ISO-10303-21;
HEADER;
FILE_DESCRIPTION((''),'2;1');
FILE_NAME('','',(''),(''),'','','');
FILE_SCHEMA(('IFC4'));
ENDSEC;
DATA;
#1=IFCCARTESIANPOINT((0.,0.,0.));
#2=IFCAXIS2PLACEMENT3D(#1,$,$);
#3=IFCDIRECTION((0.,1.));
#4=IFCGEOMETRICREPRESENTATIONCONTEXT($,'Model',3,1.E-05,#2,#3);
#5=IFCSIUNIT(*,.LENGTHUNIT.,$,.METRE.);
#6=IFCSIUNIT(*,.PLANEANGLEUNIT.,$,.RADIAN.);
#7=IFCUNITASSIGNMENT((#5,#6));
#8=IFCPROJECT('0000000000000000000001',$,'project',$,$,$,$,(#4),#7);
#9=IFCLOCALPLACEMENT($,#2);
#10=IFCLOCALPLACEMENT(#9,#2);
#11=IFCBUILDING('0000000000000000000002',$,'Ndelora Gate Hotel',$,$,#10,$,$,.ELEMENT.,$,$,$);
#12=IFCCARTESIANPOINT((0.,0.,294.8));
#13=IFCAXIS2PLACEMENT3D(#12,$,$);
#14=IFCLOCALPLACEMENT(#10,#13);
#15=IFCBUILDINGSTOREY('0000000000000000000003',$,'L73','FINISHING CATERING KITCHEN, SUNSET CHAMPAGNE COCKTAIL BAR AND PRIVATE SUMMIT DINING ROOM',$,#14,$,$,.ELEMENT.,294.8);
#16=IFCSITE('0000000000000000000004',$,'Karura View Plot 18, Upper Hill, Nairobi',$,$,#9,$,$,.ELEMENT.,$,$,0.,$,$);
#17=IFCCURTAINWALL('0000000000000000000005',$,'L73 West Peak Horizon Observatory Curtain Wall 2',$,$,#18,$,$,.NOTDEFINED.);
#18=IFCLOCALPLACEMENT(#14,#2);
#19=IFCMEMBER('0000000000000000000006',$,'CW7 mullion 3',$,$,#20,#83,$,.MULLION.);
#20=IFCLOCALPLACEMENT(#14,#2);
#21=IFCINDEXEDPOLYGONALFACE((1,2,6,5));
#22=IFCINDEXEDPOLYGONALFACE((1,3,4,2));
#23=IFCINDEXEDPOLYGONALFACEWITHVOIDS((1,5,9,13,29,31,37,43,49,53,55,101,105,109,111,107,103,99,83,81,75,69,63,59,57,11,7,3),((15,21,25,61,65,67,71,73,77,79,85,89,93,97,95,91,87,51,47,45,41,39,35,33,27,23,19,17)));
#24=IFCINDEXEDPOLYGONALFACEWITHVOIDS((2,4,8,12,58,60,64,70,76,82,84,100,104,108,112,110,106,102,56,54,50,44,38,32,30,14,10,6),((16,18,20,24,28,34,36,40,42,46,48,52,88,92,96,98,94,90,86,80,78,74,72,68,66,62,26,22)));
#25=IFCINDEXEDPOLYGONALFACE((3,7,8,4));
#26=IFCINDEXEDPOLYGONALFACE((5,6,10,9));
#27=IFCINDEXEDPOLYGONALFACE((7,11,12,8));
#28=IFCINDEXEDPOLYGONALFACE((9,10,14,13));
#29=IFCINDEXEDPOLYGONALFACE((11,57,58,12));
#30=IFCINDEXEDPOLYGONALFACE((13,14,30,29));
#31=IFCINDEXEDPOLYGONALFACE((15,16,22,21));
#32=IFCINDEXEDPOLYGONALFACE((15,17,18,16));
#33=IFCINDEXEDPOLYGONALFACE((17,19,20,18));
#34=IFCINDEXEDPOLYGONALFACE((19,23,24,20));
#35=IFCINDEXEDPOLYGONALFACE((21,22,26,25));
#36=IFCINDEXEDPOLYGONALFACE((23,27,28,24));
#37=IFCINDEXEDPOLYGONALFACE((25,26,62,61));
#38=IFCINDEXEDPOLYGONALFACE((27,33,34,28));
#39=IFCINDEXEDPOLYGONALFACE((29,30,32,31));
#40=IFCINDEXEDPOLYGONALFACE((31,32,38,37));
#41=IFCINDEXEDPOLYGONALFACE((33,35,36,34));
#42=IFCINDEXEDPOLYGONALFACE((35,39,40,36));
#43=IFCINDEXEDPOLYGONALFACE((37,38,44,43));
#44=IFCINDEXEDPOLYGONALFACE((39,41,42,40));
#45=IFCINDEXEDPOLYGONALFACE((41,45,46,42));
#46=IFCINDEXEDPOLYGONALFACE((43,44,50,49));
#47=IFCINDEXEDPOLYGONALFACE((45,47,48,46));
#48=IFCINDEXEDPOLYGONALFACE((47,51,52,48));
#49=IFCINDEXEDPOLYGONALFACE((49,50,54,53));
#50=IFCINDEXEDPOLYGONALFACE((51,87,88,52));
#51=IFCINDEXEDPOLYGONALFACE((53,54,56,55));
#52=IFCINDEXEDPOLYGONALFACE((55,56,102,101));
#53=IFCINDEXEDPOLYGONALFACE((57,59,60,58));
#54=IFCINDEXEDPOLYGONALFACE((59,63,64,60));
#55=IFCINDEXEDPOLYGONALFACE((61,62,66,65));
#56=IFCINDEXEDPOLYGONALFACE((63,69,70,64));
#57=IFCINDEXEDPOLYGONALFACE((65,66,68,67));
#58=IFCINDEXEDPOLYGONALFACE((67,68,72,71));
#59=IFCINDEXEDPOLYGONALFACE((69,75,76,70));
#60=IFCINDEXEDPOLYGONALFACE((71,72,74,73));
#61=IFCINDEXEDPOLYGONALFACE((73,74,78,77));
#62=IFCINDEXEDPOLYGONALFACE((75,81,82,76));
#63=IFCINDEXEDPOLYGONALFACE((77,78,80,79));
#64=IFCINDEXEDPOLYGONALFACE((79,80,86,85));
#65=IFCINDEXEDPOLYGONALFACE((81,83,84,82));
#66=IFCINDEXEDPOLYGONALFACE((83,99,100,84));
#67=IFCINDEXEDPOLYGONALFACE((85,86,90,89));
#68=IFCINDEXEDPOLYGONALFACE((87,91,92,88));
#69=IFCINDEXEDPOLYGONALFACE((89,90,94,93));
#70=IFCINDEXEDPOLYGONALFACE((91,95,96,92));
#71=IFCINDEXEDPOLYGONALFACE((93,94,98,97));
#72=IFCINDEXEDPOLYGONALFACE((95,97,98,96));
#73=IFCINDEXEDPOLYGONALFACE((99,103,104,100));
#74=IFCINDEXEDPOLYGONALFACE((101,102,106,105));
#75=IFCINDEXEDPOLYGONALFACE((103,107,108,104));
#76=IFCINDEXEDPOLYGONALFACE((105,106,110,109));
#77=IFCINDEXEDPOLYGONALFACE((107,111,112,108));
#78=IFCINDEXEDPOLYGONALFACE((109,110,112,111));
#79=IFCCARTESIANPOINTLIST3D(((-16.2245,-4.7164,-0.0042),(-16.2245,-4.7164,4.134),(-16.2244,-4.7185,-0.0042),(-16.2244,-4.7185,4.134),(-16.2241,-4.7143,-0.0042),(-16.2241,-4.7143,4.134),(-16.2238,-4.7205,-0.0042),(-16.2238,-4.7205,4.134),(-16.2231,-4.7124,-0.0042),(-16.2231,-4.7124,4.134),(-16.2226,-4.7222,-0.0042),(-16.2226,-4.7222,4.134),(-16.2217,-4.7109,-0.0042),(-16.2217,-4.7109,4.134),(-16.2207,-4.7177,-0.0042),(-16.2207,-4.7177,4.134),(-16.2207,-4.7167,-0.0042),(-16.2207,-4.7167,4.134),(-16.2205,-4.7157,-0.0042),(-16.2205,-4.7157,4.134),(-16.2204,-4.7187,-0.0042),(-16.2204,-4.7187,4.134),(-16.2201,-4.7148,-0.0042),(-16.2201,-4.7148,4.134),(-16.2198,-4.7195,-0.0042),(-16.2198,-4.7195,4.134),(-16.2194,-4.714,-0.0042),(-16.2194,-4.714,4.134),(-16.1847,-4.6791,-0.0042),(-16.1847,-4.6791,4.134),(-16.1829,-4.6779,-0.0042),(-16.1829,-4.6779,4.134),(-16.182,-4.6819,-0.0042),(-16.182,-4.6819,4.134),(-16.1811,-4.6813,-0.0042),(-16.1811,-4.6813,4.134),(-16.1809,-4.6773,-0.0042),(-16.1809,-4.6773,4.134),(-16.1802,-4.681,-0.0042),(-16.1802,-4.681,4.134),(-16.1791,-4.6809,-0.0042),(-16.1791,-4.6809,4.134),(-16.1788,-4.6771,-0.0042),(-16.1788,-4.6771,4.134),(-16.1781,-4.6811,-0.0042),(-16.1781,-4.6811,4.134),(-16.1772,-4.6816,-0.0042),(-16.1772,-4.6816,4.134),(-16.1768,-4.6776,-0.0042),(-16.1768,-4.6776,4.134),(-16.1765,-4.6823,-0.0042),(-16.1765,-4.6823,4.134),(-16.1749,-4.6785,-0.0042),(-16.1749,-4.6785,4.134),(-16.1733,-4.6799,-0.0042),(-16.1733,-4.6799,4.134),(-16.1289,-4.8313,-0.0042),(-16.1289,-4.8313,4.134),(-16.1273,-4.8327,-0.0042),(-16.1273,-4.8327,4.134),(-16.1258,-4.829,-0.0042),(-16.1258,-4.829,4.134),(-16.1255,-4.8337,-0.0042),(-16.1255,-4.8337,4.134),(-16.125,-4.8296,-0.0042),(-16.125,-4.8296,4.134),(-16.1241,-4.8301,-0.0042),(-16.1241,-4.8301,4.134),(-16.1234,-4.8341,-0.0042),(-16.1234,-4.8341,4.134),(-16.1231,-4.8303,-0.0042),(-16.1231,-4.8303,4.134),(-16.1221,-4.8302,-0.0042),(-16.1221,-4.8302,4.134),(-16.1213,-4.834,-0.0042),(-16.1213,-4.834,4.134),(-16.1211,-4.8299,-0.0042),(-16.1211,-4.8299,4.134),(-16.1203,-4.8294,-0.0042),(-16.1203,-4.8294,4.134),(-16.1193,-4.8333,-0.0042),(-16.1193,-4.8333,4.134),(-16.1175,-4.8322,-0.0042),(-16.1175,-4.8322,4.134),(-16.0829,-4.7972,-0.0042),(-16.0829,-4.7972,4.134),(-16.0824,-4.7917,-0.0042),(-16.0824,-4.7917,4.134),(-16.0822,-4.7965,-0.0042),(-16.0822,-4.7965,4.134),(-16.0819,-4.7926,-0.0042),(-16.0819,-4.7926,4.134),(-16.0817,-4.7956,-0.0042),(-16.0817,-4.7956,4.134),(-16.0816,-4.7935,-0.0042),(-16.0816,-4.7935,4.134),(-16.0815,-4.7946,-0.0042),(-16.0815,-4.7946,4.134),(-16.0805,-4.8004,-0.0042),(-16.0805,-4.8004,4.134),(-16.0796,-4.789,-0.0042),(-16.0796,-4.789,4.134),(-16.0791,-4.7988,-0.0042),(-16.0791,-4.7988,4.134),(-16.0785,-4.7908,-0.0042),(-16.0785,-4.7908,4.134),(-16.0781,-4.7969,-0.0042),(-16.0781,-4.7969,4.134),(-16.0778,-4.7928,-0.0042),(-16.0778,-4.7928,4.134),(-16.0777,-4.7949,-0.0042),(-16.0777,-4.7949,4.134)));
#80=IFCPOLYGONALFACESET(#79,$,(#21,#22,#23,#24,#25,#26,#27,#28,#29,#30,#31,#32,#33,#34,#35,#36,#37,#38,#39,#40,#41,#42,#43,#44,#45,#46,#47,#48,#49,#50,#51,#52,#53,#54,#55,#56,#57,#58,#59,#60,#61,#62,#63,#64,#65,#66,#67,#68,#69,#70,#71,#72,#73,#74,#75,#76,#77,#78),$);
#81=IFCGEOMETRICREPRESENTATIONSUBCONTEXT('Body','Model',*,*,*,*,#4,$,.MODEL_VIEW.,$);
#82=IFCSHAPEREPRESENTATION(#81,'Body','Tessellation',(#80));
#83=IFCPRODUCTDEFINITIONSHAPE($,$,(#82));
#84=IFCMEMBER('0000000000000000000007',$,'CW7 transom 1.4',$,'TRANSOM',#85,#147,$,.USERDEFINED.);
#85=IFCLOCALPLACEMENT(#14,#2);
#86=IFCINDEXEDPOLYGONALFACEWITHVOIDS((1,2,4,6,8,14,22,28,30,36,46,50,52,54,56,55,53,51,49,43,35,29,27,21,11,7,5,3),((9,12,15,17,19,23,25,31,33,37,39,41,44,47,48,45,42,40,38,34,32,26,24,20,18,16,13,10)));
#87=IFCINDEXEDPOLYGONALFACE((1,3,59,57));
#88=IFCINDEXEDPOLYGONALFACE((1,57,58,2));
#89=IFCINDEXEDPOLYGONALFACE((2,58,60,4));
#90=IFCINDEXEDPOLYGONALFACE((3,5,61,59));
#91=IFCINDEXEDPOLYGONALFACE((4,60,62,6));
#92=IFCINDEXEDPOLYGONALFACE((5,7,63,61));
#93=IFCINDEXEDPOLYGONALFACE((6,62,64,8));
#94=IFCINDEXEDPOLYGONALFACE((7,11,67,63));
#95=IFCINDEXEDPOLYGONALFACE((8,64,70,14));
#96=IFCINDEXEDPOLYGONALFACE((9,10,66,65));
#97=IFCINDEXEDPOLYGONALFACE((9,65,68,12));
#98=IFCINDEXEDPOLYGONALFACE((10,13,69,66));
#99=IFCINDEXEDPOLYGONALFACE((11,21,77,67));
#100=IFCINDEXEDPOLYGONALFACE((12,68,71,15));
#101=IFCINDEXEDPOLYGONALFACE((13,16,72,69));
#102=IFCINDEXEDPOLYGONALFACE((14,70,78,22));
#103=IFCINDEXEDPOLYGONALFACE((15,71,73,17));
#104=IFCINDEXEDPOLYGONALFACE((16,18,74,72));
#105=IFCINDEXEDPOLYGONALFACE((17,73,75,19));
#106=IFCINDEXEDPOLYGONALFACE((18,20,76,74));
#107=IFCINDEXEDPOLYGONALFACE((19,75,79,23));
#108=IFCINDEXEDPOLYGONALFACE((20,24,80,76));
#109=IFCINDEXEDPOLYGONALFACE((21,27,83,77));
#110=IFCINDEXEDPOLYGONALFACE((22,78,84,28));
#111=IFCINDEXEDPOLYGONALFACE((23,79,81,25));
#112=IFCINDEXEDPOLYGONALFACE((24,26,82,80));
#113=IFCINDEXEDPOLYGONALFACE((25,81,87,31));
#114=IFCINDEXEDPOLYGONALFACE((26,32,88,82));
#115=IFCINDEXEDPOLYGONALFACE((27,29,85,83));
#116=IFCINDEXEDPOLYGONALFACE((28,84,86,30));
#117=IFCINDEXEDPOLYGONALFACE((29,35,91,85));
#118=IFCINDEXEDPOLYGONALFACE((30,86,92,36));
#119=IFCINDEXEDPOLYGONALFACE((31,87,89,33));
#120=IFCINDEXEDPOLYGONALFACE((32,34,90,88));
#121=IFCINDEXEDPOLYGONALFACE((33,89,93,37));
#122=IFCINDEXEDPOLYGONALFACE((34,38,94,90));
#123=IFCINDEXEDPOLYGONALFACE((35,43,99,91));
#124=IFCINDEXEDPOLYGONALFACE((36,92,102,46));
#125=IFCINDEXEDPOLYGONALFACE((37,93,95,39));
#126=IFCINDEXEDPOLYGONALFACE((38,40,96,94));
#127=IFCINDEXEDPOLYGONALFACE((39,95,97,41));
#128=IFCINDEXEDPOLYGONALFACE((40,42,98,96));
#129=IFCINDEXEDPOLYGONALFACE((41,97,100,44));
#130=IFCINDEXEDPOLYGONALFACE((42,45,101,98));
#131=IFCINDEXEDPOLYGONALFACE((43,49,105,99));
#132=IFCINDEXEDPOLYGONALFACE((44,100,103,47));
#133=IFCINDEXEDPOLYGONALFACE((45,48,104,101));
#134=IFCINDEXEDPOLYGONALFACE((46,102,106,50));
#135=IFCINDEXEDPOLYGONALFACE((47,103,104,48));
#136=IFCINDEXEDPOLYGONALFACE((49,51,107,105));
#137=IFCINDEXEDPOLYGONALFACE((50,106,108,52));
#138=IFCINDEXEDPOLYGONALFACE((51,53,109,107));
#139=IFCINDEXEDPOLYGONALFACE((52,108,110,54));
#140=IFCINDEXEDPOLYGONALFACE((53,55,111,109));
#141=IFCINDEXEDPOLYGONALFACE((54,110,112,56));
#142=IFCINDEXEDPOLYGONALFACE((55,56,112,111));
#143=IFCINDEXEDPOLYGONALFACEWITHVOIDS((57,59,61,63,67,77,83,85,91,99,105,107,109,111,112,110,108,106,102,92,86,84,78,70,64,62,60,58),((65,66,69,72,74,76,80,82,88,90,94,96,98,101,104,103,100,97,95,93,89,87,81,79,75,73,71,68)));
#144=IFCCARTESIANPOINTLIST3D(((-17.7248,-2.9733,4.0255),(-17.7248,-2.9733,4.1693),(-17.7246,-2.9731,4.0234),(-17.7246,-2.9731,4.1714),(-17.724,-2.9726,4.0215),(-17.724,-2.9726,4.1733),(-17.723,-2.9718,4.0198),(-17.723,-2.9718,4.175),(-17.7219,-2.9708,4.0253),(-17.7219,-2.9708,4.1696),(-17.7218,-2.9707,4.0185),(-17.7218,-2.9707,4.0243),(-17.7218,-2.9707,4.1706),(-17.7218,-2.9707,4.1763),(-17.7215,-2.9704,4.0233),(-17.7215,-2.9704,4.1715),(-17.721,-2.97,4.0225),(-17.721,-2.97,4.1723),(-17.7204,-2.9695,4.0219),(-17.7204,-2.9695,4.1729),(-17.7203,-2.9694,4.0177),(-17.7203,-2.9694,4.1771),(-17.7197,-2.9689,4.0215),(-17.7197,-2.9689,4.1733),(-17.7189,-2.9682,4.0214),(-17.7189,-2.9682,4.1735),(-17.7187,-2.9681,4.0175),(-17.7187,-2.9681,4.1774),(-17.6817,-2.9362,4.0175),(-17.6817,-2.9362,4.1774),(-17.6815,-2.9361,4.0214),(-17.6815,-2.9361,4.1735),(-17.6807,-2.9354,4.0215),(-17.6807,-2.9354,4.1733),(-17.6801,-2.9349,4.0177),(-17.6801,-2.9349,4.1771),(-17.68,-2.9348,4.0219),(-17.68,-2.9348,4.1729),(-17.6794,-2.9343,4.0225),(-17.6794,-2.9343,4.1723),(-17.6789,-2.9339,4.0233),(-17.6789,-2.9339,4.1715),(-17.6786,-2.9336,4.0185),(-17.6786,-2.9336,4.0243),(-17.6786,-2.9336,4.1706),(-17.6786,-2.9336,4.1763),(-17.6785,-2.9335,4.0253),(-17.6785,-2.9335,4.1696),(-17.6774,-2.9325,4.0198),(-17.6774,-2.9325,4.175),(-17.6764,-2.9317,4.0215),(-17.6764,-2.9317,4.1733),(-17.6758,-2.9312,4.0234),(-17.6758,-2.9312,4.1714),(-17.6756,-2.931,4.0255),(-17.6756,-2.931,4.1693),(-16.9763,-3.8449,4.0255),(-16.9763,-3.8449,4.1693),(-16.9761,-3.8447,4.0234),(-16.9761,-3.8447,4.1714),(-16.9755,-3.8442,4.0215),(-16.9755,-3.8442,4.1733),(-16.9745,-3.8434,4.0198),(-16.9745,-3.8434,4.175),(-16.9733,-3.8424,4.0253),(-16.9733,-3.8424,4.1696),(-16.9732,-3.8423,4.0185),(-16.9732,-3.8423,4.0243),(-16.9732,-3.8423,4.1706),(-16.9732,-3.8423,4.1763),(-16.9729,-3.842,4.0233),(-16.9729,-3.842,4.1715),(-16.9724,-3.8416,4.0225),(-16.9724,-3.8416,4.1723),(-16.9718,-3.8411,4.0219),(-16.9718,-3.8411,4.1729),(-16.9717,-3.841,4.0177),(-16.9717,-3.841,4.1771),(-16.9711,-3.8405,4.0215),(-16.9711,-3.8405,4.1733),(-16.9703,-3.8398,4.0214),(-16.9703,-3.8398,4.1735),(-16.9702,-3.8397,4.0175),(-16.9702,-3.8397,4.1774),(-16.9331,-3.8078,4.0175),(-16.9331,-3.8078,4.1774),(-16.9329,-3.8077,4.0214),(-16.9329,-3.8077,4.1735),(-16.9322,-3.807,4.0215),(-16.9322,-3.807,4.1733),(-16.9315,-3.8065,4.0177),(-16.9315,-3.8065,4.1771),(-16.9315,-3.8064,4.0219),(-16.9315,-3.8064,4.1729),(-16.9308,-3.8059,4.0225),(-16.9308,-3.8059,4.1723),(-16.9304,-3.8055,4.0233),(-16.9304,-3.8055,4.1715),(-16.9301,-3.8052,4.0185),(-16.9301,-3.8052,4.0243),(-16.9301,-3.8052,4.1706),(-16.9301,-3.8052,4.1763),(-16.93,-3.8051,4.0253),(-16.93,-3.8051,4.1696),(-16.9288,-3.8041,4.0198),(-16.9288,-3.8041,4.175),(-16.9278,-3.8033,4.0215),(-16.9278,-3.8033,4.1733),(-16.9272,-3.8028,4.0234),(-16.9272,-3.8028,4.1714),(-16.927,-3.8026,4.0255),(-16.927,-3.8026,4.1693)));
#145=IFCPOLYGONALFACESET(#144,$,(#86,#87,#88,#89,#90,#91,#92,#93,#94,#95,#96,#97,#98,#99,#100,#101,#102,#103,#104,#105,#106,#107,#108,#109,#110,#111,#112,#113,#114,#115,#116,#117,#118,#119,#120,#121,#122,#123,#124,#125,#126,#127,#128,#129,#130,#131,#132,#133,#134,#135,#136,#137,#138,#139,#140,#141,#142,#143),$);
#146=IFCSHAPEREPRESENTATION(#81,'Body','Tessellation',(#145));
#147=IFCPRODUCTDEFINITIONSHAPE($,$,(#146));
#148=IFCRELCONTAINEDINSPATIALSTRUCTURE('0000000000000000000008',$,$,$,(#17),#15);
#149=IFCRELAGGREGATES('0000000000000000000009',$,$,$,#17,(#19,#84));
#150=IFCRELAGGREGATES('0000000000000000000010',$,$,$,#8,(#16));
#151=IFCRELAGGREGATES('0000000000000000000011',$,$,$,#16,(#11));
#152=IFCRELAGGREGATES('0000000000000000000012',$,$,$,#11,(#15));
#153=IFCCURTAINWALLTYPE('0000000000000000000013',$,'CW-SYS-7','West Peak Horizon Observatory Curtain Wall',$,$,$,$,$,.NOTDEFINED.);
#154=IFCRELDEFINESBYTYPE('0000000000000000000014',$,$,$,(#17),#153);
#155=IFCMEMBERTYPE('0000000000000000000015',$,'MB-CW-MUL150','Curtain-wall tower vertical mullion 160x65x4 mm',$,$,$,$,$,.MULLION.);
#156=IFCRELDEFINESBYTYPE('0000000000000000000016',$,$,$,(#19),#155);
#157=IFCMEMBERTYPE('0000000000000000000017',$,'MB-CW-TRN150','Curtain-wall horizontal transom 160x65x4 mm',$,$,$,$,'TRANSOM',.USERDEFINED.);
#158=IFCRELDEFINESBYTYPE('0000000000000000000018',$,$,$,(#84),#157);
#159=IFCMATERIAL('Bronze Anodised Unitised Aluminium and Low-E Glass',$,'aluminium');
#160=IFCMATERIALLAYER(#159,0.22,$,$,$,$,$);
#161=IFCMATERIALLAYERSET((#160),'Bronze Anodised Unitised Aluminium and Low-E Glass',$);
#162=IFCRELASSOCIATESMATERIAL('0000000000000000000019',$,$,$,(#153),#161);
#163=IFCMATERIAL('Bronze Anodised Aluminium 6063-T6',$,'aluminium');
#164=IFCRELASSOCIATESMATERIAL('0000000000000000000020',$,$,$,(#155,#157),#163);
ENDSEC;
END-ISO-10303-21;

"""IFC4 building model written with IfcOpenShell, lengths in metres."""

from ifc_helpers import new_model, si_unit, direction, frame, origin, origin_2d, place, context, subcontext, project, spatial, hollow_rectangle, extrude, material, layer, layer_set, material_profile, profile_set, type_object, element, aggregate, save


model = new_model("IFC4")

# Units and contexts
model_context = context("Model", 3, precision=1e-05, world=origin(), true_north=direction((0.0, 1.0)))
body_context = subcontext(model_context, "Body", "Model", "MODEL_VIEW")
ifc_project = project(units=[si_unit("LENGTHUNIT", "METRE"), si_unit("PLANEANGLEUNIT", "RADIAN")], contexts=[model_context])

# Site, building, storey
site_placement = place(None, origin())
site = spatial("IfcSite", under=ifc_project, at=site_placement, Name="Karura View Plot 18, Upper Hill, Nairobi", CompositionType="ELEMENT", RefElevation=0.0)
building_placement = place(site_placement, origin())
building = spatial("IfcBuilding", under=site, at=building_placement, Name="Ndelora Gate Hotel", CompositionType="ELEMENT")
storey_placement = place(building_placement, frame((0.0, 0.0, 294.8)))
storey = spatial("IfcBuildingStorey", under=building, at=storey_placement, Name="L73", Description="FINISHING CATERING KITCHEN, SUNSET CHAMPAGNE COCKTAIL BAR AND PRIVATE SUMMIT DINING ROOM", CompositionType="ELEMENT", Elevation=294.8)

# Curtain wall, members
ifc_material_1 = material(Name="Bronze Anodised Unitised Aluminium and Low-E Glass", Category="aluminium")
ifc_layer_1 = layer(ifc_material_1, 0.22)
ifc_layer_set_1 = layer_set([ifc_layer_1], Name="Bronze Anodised Unitised Aluminium and Low-E Glass")
curtain_wall_type = type_object("IfcCurtainWallType", Name="CW-SYS-7", Description="West Peak Horizon Observatory Curtain Wall", PredefinedType="NOTDEFINED", material=ifc_layer_set_1)
curtain_wall_placement = place(storey_placement, origin())
curtain_wall = element("IfcCurtainWall", 1, at=curtain_wall_placement, inside=storey, type_object=curtain_wall_type, Name="L73 West Peak Horizon Observatory Curtain Wall 2", PredefinedType="NOTDEFINED")
ifc_material_2 = material(Name="Bronze Anodised Aluminium 6063-T6", Category="aluminium")
ifc_material_profile_1 = material_profile(ifc_material_2, hollow_rectangle(XDim=0.0649, YDim=0.1599, WallThickness=0.0039, InnerFilletRadius=0.0039, OuterFilletRadius=0.0081, at=origin_2d()), Name="ALU 160x65x4")
ifc_profile_set_1 = profile_set([ifc_material_profile_1], Name="Bronze Anodised Aluminium 6063-T6")
member_type_1 = type_object("IfcMemberType", Name="MB-CW-MUL150", Description="Curtain-wall tower vertical mullion 160x65x4 mm", PredefinedType="MULLION", material=ifc_profile_set_1)
member_1_placement = place(storey_placement, frame((-16.1511, -4.7556, -0.0042), z_axis=(0.0, 0.0, 1.0), x_axis=(0.75853, 0.651638, 0.0)))
member_1 = element("IfcMember", 2, at=member_1_placement, type_object=member_type_1, Name="CW7 mullion 3", PredefinedType="MULLION", context=body_context, shape_type="SweptSolid", body=[
    extrude(hollow_rectangle(XDim=0.0649, YDim=0.1599, WallThickness=0.0039, InnerFilletRadius=0.0039, OuterFilletRadius=0.0081, at=origin_2d()), origin(), (0.0, 0.0, 1.0), 4.1382),
])
ifc_material_profile_2 = material_profile(ifc_material_2, hollow_rectangle(XDim=0.0649, YDim=0.1599, WallThickness=0.0039, InnerFilletRadius=0.0039, OuterFilletRadius=0.0081, at=origin_2d()), Name="ALU 160x65x4")
ifc_profile_set_2 = profile_set([ifc_material_profile_2], Name="Bronze Anodised Aluminium 6063-T6")
member_type_2 = type_object("IfcMemberType", Name="MB-CW-TRN150", Description="Curtain-wall horizontal transom 160x65x4 mm", ElementType="TRANSOM", PredefinedType="USERDEFINED", material=ifc_profile_set_2)
member_2_placement = place(storey_placement, frame((-17.7002, -2.9521, 4.0974), z_axis=(0.651526, -0.758626, 0.0), x_axis=(0.758626, 0.651526, 0.0)))
member_2 = element("IfcMember", 3, at=member_2_placement, type_object=member_type_2, Name="CW7 transom 1.4", ObjectType="TRANSOM", PredefinedType="USERDEFINED", context=body_context, shape_type="SweptSolid", body=[
    extrude(hollow_rectangle(XDim=0.0649, YDim=0.1599, WallThickness=0.0039, InnerFilletRadius=0.0039, OuterFilletRadius=0.0081, at=origin_2d()), origin(), (0.0, 0.0, 1.0), 1.1489),
])
aggregate(curtain_wall, [member_1, member_2])

save(model, "model.ifc")
